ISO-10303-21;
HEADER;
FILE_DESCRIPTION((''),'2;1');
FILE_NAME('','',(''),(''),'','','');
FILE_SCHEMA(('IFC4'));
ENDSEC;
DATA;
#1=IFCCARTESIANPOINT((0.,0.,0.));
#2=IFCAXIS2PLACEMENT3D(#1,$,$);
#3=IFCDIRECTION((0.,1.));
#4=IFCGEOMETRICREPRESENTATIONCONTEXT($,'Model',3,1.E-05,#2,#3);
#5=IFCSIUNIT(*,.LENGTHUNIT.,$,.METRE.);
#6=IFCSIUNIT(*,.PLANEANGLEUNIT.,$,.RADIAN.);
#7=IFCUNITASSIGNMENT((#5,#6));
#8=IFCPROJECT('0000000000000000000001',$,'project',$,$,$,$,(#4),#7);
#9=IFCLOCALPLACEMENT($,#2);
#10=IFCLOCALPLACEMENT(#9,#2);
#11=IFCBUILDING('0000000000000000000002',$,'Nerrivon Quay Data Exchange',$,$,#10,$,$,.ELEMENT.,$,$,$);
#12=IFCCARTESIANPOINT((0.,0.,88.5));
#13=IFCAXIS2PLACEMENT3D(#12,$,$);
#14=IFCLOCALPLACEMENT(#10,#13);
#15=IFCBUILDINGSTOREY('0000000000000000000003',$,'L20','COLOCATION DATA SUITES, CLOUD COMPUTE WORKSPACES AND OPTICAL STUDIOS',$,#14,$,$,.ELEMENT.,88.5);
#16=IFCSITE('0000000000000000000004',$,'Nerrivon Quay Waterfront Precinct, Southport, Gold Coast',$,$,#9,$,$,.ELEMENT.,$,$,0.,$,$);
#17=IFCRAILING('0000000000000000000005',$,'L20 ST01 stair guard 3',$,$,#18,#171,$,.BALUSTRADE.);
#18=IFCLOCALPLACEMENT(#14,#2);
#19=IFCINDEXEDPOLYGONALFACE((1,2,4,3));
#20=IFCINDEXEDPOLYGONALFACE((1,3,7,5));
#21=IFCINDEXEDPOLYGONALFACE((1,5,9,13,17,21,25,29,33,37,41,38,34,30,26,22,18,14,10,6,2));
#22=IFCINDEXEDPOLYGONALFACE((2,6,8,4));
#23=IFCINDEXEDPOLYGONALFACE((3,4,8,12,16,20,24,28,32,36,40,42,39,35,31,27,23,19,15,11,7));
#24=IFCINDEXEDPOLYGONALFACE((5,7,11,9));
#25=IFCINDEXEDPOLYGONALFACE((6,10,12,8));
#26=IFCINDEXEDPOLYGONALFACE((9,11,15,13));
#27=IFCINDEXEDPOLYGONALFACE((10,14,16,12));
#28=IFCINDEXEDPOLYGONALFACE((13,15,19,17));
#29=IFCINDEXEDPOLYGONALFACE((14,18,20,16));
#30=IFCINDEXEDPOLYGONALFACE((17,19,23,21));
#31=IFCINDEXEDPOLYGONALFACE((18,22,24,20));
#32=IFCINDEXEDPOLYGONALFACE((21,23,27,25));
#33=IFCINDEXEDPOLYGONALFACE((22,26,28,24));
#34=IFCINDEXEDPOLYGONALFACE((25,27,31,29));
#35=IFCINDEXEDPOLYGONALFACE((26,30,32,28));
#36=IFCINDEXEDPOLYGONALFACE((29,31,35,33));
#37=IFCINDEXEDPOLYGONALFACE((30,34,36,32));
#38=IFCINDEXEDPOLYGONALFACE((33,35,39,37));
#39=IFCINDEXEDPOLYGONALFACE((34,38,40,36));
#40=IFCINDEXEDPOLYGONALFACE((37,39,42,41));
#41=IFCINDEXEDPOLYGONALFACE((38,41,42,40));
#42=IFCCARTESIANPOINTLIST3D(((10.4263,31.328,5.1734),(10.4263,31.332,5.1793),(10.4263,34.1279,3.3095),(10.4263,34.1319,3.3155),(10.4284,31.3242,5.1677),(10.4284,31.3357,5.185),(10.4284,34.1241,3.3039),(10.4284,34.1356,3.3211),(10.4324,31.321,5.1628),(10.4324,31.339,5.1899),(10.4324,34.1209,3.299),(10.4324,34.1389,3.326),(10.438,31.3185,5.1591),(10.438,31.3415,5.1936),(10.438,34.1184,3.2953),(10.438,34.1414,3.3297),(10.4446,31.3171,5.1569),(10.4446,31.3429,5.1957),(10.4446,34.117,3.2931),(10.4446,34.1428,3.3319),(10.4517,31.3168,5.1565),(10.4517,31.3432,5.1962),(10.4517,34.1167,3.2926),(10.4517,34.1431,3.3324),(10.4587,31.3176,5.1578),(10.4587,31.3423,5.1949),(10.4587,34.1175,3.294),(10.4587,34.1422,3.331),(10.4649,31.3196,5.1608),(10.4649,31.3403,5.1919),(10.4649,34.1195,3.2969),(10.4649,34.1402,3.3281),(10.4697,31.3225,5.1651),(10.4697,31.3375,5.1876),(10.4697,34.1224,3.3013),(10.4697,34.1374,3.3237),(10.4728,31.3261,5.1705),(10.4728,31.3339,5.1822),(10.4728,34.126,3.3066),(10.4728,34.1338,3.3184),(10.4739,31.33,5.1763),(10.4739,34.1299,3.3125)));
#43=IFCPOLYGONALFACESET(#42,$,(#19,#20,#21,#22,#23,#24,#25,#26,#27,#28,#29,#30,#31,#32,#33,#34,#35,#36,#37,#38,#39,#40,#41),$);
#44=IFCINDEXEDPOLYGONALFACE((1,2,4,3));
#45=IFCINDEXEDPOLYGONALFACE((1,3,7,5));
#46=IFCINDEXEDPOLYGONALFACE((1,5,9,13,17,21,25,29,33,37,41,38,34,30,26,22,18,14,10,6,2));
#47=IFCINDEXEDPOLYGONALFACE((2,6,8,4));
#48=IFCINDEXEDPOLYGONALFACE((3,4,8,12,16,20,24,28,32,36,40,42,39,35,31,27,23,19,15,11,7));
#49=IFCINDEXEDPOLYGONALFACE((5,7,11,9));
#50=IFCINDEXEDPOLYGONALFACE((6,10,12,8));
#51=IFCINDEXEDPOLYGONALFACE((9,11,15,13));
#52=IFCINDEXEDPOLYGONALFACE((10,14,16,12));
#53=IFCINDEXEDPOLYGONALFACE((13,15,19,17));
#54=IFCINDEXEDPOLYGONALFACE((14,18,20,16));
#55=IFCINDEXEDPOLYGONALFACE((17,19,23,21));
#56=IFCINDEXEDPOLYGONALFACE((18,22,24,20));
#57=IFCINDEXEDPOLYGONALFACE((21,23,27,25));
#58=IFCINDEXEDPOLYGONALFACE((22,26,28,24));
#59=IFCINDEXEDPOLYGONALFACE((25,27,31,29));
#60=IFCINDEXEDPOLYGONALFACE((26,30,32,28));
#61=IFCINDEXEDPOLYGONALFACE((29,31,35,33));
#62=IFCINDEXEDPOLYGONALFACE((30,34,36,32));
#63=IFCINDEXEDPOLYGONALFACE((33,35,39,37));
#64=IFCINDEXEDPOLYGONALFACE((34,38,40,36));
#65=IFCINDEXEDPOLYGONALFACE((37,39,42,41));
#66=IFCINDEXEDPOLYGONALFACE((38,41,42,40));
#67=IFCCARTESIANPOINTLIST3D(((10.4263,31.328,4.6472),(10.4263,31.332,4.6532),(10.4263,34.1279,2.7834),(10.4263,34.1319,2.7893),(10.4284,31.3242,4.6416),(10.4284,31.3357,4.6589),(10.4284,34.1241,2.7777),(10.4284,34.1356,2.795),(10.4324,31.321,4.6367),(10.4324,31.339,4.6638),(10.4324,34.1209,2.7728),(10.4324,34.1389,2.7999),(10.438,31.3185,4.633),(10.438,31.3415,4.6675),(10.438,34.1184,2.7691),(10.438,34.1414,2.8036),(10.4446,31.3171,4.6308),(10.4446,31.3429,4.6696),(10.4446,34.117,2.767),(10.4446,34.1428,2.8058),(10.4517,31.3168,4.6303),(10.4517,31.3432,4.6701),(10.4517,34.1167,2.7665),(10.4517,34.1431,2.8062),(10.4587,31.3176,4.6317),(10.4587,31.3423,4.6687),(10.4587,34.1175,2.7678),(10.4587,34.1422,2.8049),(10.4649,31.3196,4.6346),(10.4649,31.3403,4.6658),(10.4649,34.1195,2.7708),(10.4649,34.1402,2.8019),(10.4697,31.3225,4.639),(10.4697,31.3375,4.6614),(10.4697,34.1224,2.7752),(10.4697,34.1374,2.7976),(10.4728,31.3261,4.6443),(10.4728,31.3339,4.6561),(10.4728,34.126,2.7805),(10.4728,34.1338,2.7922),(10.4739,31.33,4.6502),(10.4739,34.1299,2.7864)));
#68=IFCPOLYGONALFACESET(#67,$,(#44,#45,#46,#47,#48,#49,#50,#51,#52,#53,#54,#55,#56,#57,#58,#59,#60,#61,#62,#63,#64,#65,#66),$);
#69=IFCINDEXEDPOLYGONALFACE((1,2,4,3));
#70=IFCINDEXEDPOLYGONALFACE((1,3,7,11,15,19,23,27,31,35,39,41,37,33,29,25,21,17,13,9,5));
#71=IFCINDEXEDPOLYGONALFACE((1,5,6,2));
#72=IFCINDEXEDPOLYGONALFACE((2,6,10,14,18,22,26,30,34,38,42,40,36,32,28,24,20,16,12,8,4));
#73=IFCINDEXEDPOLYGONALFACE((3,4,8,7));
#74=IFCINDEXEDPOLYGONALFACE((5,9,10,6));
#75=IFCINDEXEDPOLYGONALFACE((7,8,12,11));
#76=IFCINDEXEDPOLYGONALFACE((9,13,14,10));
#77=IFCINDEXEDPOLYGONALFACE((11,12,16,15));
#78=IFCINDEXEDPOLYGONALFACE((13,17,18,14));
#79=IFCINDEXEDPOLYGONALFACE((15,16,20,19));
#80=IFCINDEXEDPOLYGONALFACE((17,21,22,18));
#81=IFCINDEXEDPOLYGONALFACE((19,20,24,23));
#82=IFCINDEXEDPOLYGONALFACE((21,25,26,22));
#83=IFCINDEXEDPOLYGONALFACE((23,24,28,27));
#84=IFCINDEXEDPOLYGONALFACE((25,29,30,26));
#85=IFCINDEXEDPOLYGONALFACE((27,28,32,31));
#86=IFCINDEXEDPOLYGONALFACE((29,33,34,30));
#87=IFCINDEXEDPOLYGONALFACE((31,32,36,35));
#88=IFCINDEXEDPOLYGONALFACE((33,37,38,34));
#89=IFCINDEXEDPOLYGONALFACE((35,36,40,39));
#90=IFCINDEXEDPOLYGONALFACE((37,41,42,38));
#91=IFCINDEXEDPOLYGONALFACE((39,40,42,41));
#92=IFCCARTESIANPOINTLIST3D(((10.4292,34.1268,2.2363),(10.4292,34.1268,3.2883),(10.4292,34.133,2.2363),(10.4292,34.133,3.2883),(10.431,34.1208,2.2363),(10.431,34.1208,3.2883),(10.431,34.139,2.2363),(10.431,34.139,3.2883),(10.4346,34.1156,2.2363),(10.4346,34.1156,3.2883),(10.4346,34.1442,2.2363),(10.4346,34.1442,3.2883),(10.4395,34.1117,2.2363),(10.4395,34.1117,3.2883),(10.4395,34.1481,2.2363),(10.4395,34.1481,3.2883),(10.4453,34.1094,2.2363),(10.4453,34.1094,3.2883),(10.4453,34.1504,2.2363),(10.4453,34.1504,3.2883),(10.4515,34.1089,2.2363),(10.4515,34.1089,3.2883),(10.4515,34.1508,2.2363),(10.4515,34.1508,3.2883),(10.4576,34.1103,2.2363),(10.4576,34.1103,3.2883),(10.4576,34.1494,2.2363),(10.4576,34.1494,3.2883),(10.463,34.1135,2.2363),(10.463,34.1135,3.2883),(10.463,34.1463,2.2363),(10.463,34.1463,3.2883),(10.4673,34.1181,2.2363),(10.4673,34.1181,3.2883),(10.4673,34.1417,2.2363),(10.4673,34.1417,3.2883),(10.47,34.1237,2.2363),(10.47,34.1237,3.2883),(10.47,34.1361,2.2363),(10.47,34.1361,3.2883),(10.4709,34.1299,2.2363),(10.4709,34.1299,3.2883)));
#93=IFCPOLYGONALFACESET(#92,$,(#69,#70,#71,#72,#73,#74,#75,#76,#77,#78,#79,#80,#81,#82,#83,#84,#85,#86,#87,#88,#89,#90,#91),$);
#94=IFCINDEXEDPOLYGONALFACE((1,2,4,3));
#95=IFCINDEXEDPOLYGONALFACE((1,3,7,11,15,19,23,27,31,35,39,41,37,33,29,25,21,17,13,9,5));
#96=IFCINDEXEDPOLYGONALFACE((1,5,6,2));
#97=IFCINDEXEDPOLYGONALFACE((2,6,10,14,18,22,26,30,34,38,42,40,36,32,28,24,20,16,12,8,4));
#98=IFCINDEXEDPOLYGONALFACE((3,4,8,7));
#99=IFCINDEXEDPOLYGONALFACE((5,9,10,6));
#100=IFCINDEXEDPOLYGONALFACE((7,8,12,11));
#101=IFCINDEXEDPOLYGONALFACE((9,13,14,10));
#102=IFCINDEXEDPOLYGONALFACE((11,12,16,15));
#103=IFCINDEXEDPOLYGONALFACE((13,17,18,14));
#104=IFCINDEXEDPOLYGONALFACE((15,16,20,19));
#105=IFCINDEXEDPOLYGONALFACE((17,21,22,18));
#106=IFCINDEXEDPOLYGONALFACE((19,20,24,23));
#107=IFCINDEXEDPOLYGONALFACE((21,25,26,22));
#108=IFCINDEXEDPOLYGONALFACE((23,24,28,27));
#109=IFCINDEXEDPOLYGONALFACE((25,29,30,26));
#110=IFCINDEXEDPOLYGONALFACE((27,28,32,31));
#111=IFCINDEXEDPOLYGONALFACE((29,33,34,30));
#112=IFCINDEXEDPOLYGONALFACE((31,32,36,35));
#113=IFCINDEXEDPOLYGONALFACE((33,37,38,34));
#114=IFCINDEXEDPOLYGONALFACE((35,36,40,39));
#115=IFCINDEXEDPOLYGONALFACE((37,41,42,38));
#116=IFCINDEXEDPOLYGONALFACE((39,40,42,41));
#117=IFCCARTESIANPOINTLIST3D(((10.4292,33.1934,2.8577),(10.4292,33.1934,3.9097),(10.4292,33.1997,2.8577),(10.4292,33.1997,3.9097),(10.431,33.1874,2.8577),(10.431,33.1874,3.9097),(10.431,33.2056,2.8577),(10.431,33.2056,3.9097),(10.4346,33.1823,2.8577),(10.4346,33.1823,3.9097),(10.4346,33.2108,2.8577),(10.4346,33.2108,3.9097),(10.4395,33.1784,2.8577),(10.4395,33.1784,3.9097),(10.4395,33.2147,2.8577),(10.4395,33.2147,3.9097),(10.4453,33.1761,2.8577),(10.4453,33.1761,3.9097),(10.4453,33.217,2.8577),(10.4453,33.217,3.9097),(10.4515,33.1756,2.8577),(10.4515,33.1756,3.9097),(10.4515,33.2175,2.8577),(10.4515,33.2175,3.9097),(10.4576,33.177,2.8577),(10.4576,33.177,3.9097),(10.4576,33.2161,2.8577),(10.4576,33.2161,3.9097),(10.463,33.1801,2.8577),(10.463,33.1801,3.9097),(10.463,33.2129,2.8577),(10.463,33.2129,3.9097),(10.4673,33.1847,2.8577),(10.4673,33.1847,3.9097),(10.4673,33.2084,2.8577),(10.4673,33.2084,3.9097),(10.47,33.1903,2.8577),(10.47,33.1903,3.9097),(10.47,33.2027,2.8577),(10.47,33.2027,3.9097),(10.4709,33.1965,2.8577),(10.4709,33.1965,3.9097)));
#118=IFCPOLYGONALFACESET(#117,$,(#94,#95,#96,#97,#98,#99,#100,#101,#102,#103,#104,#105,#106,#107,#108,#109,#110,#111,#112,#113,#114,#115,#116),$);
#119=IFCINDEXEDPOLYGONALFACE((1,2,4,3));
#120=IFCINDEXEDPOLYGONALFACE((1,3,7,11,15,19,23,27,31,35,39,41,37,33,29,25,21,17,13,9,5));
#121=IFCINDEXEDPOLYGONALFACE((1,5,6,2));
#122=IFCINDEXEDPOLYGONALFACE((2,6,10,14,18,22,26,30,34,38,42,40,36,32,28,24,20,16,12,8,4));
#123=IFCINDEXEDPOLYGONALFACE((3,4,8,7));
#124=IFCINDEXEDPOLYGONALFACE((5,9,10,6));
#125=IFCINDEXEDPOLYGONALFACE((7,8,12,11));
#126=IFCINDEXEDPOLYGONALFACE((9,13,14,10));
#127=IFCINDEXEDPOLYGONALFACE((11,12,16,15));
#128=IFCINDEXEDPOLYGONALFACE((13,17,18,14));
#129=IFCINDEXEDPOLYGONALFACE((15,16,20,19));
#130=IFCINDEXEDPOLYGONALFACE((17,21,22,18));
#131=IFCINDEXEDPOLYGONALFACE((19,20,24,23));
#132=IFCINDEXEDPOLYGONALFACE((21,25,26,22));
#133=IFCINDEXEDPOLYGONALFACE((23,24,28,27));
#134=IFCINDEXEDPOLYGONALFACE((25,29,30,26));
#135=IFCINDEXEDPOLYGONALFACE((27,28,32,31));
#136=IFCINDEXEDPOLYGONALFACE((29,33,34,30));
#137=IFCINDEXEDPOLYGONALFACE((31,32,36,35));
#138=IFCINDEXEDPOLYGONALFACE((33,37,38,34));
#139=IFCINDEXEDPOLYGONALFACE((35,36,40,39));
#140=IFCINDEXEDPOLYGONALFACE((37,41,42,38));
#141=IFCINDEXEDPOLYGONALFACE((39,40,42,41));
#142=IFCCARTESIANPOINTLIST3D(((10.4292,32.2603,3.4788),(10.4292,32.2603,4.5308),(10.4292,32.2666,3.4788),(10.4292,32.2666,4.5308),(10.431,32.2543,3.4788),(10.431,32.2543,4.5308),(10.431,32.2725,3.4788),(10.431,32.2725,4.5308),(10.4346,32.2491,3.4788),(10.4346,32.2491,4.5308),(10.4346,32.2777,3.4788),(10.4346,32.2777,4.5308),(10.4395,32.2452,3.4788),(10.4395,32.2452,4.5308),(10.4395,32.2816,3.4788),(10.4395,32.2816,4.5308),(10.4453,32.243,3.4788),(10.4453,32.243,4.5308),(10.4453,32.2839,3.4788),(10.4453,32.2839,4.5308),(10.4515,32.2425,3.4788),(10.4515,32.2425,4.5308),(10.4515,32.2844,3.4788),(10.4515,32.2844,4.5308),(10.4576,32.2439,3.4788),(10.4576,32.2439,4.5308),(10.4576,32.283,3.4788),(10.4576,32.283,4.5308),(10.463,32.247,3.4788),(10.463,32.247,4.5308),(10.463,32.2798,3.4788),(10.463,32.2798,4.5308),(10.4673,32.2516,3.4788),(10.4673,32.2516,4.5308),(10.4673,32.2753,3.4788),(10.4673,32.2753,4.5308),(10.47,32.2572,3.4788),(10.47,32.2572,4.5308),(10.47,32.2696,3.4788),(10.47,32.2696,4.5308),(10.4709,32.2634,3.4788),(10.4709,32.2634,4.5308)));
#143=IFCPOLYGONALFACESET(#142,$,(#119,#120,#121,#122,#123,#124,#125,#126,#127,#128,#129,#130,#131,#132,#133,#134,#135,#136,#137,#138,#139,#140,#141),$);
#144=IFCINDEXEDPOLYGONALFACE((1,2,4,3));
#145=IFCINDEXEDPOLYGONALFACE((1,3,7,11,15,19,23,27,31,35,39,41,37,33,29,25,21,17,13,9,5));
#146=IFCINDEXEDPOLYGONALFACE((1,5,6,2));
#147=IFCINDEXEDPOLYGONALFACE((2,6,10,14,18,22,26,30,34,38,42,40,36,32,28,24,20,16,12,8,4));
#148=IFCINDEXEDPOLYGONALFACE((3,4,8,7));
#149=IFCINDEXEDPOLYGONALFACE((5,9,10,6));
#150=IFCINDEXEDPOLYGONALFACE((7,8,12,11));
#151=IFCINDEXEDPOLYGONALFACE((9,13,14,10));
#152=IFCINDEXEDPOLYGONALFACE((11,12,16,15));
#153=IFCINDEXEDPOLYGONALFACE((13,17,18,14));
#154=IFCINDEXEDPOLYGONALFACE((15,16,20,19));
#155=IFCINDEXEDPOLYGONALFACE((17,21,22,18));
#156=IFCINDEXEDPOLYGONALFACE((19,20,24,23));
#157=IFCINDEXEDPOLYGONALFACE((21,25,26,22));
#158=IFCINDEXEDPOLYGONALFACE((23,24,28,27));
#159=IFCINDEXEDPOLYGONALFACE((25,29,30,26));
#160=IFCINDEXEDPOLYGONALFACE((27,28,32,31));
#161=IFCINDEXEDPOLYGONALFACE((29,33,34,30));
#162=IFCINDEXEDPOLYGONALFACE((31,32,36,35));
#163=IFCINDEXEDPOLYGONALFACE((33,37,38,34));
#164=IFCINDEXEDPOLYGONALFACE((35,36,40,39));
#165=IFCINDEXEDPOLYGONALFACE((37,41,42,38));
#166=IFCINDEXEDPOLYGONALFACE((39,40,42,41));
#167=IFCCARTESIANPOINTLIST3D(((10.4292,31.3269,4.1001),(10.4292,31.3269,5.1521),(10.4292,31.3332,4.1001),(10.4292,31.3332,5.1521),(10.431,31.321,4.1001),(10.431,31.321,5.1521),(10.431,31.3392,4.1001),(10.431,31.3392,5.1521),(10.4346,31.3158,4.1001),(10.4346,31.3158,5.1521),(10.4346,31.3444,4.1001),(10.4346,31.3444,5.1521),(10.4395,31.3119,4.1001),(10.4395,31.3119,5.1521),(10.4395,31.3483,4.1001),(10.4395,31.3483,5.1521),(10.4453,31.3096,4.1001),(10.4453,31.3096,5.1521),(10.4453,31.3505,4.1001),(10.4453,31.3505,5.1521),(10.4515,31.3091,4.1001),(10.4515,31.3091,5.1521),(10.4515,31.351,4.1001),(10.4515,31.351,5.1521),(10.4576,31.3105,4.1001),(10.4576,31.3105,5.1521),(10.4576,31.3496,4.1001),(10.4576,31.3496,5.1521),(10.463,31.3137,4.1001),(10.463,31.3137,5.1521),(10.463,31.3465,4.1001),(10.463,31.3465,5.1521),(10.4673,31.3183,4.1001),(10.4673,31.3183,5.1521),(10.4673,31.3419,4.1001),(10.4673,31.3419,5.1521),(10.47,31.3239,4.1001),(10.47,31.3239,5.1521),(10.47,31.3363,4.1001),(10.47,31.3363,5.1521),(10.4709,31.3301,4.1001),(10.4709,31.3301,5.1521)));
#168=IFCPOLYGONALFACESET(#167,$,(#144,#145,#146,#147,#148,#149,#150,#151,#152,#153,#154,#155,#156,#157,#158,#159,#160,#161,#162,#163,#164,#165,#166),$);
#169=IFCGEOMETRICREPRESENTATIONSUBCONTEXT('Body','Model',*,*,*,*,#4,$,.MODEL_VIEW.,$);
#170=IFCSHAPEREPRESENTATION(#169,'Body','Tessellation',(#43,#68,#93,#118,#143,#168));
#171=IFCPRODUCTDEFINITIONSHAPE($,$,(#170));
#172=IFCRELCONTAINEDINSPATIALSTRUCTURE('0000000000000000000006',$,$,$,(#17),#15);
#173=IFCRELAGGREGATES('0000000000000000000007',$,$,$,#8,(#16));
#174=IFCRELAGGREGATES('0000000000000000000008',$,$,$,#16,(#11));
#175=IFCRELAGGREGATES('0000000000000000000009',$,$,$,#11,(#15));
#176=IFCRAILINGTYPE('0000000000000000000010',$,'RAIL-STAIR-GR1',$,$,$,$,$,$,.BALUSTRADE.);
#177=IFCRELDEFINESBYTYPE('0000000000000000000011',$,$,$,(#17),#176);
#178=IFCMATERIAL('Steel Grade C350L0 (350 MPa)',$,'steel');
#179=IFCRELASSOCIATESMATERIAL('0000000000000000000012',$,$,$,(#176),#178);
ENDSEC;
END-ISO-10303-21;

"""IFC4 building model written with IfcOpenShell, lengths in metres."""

from ifc_helpers import new_model, si_unit, direction, frame, origin, origin_2d, place, context, subcontext, project, spatial, circle, extrude, material, type_object, element, save


model = new_model("IFC4")

# Units and contexts
model_context = context("Model", 3, precision=1e-05, world=origin(), true_north=direction((0.0, 1.0)))
body_context = subcontext(model_context, "Body", "Model", "MODEL_VIEW")
ifc_project = project(units=[si_unit("LENGTHUNIT", "METRE"), si_unit("PLANEANGLEUNIT", "RADIAN")], contexts=[model_context])

# Site, building, storey
site_placement = place(None, origin())
site = spatial("IfcSite", under=ifc_project, at=site_placement, Name="Nerrivon Quay Waterfront Precinct, Southport, Gold Coast", CompositionType="ELEMENT", RefElevation=0.0)
building_placement = place(site_placement, origin())
building = spatial("IfcBuilding", under=site, at=building_placement, Name="Nerrivon Quay Data Exchange", CompositionType="ELEMENT")
storey_placement = place(building_placement, frame((0.0, 0.0, 88.5)))
storey = spatial("IfcBuildingStorey", under=building, at=storey_placement, Name="L20", Description="COLOCATION DATA SUITES, CLOUD COMPUTE WORKSPACES AND OPTICAL STUDIOS", CompositionType="ELEMENT", Elevation=88.5)

# Railing
ifc_material_1 = material(Name="Steel Grade C350L0 (350 MPa)", Category="steel")
railing_type_1 = type_object("IfcRailingType", Name="RAIL-STAIR-GR1", PredefinedType="BALUSTRADE", material=ifc_material_1)
railing_1_placement = place(storey_placement, frame((10.45, 34.1299, 2.2363)))
element("IfcRailing", 1, at=railing_1_placement, inside=storey, type_object=railing_type_1, Name="L20 ST01 stair guard 3", PredefinedType="BALUSTRADE", context=body_context, shape_type="SweptSolid", body=[
    extrude(circle(Radius=0.0239, at=origin_2d()), frame((0.0, 0.0, 1.0762), z_axis=(0.0, -0.83243, 0.554131), x_axis=(1.0, 0.0, 0.0)), (0.0, 0.0, 1.0), 3.3635),
    extrude(circle(Radius=0.0239, at=origin_2d()), frame((0.0, 0.0, 0.55), z_axis=(0.0, -0.83243, 0.554131), x_axis=(1.0, 0.0, 0.0)), (0.0, 0.0, 1.0), 3.3635),
    extrude(circle(Radius=0.021, at=origin_2d()), origin(), (0.0, 0.0, 1.0), 1.052),
    extrude(circle(Radius=0.021, at=origin_2d()), frame((0.0, -0.9333, 0.6213)), (0.0, 0.0, 1.0), 1.052),
    extrude(circle(Radius=0.021, at=origin_2d()), frame((0.0, -1.8665, 1.2424)), (0.0, 0.0, 1.0), 1.052),
    extrude(circle(Radius=0.021, at=origin_2d()), frame((0.0, -2.7998, 1.8638)), (0.0, 0.0, 1.0), 1.052),
])

save(model, "model.ifc")
